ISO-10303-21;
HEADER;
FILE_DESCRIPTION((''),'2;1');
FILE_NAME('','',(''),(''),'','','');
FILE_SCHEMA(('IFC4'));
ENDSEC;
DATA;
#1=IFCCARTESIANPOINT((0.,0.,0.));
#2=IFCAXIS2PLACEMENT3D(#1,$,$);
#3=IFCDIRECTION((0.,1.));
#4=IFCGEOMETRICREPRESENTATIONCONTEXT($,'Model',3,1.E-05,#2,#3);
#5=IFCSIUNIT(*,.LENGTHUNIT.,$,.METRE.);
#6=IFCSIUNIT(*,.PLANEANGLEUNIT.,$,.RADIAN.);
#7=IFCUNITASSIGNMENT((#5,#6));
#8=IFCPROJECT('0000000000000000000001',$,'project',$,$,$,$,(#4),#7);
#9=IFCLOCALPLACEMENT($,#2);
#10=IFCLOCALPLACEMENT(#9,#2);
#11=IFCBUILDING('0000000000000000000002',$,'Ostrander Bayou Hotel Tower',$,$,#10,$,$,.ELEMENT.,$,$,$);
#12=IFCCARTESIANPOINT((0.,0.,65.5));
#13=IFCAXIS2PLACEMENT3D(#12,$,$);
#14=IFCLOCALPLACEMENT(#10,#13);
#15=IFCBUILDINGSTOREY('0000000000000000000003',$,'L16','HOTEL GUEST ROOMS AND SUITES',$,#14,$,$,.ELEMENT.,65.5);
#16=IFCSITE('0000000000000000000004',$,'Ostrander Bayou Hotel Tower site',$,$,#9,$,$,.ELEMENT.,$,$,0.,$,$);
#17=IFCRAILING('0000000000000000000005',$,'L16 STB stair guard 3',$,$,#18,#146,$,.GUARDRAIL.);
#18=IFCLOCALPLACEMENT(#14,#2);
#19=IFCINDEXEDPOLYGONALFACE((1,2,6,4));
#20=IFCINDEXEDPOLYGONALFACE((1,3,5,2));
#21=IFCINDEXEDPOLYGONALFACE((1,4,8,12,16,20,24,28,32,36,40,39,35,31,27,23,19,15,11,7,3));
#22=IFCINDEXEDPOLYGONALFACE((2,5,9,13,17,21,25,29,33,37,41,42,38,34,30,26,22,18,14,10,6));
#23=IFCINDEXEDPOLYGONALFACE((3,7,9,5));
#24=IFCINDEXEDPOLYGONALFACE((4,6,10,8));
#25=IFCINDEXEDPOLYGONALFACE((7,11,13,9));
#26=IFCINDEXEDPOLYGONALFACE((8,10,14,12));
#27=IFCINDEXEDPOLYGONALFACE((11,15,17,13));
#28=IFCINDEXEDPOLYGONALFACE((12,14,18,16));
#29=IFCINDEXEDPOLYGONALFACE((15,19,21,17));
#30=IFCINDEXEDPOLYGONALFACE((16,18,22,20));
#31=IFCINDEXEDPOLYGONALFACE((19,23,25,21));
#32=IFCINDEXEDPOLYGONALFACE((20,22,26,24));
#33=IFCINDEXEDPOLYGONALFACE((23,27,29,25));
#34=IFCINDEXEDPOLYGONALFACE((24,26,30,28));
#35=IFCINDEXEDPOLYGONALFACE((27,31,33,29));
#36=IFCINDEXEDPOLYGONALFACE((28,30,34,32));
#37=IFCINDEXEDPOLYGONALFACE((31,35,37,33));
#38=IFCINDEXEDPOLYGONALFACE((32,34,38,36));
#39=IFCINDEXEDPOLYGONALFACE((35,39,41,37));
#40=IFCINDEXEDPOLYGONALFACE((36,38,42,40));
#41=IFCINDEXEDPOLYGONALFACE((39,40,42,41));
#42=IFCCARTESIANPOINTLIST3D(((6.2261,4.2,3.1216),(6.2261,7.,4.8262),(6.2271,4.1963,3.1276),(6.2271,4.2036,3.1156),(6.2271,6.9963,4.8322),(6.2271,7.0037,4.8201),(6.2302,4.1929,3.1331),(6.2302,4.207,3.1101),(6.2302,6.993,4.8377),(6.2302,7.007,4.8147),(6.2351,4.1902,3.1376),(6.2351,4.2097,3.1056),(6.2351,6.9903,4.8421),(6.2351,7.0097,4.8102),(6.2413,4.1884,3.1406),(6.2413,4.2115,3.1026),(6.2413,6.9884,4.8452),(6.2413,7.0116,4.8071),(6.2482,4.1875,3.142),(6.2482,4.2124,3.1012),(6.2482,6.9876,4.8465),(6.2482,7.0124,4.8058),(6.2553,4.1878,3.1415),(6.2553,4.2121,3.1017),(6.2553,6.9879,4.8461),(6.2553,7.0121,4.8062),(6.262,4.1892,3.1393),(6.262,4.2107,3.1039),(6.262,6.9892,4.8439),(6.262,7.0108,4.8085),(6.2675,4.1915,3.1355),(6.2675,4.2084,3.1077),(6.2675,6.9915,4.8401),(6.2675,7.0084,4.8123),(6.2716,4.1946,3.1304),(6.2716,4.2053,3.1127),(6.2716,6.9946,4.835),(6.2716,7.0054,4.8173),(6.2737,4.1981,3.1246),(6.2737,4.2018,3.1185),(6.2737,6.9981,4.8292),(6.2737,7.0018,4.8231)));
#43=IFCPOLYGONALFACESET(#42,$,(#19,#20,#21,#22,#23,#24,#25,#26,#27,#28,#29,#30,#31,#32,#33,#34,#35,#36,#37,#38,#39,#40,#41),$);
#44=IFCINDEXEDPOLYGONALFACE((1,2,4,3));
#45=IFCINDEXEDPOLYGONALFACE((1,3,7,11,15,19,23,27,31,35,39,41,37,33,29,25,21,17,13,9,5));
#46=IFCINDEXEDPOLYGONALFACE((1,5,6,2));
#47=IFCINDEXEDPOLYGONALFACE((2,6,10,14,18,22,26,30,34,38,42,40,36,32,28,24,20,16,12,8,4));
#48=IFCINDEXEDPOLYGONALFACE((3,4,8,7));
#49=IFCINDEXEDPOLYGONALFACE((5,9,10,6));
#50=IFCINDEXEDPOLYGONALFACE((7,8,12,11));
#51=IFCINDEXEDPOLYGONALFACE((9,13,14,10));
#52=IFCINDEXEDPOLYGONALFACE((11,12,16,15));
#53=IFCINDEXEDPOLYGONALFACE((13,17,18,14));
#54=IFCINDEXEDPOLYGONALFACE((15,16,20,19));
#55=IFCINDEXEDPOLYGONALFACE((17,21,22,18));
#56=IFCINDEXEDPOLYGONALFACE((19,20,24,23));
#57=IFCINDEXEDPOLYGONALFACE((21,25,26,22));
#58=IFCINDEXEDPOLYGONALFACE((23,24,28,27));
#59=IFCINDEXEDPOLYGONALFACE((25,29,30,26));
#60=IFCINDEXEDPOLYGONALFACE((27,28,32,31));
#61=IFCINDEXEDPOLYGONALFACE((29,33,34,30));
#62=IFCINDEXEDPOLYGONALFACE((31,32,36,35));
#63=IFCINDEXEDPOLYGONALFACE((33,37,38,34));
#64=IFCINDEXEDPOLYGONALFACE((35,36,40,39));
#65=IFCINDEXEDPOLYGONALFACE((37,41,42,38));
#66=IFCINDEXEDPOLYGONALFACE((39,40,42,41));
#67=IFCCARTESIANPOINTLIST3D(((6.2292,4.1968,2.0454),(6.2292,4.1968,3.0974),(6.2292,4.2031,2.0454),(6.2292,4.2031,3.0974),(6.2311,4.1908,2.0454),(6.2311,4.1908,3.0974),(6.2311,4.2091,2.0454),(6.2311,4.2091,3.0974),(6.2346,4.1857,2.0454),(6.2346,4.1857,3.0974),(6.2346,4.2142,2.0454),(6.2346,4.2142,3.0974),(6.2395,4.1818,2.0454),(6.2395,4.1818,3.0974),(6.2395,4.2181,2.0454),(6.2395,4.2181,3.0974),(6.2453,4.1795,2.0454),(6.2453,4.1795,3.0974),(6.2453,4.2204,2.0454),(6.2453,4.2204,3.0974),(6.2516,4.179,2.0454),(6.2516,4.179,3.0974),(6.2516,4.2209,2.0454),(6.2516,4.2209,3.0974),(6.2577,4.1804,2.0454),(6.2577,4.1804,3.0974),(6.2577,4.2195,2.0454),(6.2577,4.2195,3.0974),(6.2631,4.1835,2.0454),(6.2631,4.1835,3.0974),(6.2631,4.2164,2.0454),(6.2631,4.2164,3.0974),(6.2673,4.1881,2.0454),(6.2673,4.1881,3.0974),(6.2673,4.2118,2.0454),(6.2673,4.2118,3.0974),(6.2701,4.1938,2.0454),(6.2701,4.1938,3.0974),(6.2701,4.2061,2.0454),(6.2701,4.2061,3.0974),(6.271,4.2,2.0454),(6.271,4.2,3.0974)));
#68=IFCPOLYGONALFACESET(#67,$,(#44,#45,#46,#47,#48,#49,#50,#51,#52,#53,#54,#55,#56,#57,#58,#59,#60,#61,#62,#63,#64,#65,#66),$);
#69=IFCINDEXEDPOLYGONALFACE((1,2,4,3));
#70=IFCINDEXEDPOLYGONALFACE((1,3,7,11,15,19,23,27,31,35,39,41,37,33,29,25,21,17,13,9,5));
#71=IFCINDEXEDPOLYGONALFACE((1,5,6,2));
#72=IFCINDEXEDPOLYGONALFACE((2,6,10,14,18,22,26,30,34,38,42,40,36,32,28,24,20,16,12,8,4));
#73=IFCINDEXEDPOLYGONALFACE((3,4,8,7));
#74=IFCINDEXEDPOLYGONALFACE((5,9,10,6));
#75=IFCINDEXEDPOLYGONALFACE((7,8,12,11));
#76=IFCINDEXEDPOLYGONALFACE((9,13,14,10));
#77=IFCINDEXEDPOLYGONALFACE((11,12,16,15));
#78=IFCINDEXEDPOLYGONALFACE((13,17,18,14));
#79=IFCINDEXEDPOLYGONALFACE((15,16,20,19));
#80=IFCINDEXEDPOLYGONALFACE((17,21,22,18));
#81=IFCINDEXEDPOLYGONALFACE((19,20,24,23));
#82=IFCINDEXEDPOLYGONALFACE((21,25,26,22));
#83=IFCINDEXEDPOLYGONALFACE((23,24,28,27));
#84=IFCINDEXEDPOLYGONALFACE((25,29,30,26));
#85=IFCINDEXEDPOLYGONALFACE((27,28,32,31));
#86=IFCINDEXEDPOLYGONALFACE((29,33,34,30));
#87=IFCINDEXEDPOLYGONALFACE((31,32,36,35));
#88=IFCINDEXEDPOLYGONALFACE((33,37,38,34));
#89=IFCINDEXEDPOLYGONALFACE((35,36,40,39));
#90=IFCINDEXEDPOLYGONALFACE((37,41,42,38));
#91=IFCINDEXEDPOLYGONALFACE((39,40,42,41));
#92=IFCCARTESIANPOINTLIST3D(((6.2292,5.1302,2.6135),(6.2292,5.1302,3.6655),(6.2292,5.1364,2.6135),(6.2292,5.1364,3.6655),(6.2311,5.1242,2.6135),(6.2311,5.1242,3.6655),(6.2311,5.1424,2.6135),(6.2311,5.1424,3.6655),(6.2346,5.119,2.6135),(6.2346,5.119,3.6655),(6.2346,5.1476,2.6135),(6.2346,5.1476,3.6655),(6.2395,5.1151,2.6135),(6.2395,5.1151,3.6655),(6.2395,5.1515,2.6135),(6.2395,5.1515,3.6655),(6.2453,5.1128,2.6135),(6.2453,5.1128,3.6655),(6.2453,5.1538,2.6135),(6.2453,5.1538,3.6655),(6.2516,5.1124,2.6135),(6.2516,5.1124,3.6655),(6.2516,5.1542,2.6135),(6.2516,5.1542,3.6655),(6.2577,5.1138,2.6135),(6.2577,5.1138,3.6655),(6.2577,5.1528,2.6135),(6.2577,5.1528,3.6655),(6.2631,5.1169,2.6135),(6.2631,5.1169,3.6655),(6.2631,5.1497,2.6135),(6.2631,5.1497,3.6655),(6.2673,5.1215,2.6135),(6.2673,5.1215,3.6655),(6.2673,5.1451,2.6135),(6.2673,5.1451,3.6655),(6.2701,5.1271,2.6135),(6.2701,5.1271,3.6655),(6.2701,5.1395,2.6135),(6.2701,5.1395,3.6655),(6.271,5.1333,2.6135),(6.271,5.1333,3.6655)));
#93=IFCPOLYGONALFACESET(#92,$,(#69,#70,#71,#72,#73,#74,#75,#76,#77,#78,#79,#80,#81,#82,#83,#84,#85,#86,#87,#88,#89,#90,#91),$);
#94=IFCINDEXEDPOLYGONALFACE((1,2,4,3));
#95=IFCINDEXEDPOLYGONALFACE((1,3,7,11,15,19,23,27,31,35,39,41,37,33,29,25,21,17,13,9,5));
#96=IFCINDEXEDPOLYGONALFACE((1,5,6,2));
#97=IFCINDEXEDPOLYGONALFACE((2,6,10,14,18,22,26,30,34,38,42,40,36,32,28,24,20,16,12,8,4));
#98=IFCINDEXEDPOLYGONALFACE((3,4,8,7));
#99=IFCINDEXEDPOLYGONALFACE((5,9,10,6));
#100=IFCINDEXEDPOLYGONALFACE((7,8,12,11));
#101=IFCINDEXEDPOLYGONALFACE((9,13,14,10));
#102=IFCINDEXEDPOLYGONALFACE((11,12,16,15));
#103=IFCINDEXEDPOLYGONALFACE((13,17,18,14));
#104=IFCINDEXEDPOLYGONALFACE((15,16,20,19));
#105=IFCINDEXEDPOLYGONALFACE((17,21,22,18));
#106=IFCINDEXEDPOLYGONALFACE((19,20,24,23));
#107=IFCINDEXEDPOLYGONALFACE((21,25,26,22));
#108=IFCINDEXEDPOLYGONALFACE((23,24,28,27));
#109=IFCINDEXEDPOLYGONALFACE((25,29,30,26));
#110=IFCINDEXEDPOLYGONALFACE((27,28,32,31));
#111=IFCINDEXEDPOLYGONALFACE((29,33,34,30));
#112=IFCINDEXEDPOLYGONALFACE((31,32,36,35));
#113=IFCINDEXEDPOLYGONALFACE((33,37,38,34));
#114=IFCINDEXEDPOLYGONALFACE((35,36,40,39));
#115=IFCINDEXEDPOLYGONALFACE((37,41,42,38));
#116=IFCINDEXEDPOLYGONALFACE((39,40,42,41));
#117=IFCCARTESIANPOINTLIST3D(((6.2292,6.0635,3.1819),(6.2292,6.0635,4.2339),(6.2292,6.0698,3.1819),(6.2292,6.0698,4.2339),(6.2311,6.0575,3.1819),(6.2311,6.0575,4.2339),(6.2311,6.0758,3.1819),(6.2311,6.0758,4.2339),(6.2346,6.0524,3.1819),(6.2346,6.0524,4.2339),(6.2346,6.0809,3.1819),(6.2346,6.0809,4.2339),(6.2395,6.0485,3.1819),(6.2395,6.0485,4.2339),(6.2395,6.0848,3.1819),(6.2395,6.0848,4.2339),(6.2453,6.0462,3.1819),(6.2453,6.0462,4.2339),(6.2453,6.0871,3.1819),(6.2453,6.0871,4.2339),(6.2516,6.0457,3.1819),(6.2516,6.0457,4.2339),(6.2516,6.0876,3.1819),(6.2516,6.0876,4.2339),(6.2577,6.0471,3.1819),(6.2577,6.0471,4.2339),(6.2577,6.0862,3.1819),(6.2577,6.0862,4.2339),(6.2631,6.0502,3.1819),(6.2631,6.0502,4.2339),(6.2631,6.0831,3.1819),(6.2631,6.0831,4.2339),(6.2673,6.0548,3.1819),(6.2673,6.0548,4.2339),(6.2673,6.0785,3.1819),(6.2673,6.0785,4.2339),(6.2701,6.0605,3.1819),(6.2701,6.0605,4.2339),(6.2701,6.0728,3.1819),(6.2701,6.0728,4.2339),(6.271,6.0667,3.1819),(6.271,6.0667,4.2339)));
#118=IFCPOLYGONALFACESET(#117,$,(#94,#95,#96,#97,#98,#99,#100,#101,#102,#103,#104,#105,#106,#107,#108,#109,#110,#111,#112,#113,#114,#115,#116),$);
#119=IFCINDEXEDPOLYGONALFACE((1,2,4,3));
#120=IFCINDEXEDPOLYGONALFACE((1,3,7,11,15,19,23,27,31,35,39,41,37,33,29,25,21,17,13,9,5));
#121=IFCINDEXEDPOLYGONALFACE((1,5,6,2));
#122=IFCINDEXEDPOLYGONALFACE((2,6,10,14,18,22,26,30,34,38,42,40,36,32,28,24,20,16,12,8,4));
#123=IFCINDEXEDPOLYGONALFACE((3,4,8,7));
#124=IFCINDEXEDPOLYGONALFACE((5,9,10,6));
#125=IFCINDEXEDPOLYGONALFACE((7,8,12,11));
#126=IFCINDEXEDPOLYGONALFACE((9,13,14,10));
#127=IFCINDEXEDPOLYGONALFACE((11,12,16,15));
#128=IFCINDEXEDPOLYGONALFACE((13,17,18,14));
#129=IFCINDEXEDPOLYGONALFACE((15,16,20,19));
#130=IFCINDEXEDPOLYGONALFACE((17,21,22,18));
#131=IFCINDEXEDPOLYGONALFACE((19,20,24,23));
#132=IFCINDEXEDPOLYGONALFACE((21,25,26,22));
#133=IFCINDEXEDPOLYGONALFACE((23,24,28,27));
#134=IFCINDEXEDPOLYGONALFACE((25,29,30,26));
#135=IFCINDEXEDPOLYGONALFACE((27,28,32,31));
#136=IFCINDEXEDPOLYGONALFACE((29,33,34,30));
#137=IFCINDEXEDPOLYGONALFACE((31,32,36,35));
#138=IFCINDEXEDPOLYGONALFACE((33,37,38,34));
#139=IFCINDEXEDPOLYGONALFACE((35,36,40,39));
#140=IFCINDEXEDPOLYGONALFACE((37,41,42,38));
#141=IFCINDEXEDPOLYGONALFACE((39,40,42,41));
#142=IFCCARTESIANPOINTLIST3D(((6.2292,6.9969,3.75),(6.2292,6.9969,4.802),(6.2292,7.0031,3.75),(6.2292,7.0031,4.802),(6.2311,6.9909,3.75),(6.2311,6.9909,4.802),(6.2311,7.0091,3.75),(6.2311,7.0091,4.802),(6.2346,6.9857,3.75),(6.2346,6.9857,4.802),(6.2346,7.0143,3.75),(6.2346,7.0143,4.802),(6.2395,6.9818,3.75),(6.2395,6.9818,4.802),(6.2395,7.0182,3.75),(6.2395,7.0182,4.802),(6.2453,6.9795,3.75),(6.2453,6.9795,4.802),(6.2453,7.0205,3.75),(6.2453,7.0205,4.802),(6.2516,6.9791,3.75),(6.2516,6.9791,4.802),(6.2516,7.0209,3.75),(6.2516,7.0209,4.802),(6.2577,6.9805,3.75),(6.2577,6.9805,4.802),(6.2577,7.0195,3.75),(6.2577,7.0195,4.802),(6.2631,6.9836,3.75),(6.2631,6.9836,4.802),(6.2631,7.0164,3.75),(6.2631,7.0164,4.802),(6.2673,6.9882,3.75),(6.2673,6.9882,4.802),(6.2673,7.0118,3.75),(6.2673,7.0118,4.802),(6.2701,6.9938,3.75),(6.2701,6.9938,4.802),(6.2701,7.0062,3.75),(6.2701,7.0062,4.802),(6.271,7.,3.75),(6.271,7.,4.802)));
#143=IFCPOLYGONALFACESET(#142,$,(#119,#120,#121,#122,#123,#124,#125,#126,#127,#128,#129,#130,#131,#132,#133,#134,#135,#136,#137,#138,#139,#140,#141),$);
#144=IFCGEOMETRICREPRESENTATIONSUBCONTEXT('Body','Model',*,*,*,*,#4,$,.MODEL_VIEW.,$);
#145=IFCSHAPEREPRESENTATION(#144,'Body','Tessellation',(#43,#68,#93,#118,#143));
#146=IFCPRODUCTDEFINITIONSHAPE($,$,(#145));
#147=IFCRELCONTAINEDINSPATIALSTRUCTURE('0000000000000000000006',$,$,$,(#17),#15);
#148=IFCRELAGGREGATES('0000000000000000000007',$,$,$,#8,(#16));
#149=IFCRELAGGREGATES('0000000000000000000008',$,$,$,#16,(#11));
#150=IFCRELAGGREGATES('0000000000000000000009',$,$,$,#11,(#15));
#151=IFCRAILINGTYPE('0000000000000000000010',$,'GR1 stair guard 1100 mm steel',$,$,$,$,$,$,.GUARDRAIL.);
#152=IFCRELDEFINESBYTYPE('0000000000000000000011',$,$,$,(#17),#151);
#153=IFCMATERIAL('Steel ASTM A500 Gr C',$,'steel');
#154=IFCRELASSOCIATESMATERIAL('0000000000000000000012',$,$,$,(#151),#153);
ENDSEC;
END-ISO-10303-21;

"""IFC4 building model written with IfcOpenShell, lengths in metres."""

from ifc_helpers import new_model, si_unit, direction, frame, origin, origin_2d, place, context, subcontext, project, spatial, circle, extrude, material, type_object, element, save


model = new_model("IFC4")

# Units and contexts
model_context = context("Model", 3, precision=1e-05, world=origin(), true_north=direction((0.0, 1.0)))
body_context = subcontext(model_context, "Body", "Model", "MODEL_VIEW")
ifc_project = project(units=[si_unit("LENGTHUNIT", "METRE"), si_unit("PLANEANGLEUNIT", "RADIAN")], contexts=[model_context])

# Site, building, storey
site_placement = place(None, origin())
site = spatial("IfcSite", under=ifc_project, at=site_placement, Name="Ostrander Bayou Hotel Tower site", CompositionType="ELEMENT", RefElevation=0.0)
building_placement = place(site_placement, origin())
building = spatial("IfcBuilding", under=site, at=building_placement, Name="Ostrander Bayou Hotel Tower", CompositionType="ELEMENT")
storey_placement = place(building_placement, frame((0.0, 0.0, 65.5)))
storey = spatial("IfcBuildingStorey", under=building, at=storey_placement, Name="L16", Description="HOTEL GUEST ROOMS AND SUITES", CompositionType="ELEMENT", Elevation=65.5)

# Railing
ifc_material_1 = material(Name="Steel ASTM A500 Gr C", Category="steel")
railing_type_1 = type_object("IfcRailingType", Name="GR1 stair guard 1100 mm steel", PredefinedType="GUARDRAIL", material=ifc_material_1)
railing_1_placement = place(storey_placement, frame((6.25, 4.2, 2.0454)))
element("IfcRailing", 1, at=railing_1_placement, inside=storey, type_object=railing_type_1, Name="L16 STB stair guard 3", PredefinedType="GUARDRAIL", context=body_context, shape_type="SweptSolid", body=[
    extrude(circle(Radius=0.0239, at=origin_2d()), frame((0.0, 0.0, 1.0762), z_axis=(0.0, 0.85417, 0.519994), x_axis=(-1.0, 0.0, 0.0)), (0.0, 0.0, 1.0), 3.2781),
    extrude(circle(Radius=0.021, at=origin_2d()), origin(), (0.0, 0.0, 1.0), 1.052),
    extrude(circle(Radius=0.021, at=origin_2d()), frame((0.0, 0.9333, 0.5681)), (0.0, 0.0, 1.0), 1.052),
    extrude(circle(Radius=0.021, at=origin_2d()), frame((0.0, 1.8667, 1.1365)), (0.0, 0.0, 1.0), 1.052),
    extrude(circle(Radius=0.021, at=origin_2d()), frame((0.0, 2.8, 1.7046)), (0.0, 0.0, 1.0), 1.052),
])

save(model, "model.ifc")
